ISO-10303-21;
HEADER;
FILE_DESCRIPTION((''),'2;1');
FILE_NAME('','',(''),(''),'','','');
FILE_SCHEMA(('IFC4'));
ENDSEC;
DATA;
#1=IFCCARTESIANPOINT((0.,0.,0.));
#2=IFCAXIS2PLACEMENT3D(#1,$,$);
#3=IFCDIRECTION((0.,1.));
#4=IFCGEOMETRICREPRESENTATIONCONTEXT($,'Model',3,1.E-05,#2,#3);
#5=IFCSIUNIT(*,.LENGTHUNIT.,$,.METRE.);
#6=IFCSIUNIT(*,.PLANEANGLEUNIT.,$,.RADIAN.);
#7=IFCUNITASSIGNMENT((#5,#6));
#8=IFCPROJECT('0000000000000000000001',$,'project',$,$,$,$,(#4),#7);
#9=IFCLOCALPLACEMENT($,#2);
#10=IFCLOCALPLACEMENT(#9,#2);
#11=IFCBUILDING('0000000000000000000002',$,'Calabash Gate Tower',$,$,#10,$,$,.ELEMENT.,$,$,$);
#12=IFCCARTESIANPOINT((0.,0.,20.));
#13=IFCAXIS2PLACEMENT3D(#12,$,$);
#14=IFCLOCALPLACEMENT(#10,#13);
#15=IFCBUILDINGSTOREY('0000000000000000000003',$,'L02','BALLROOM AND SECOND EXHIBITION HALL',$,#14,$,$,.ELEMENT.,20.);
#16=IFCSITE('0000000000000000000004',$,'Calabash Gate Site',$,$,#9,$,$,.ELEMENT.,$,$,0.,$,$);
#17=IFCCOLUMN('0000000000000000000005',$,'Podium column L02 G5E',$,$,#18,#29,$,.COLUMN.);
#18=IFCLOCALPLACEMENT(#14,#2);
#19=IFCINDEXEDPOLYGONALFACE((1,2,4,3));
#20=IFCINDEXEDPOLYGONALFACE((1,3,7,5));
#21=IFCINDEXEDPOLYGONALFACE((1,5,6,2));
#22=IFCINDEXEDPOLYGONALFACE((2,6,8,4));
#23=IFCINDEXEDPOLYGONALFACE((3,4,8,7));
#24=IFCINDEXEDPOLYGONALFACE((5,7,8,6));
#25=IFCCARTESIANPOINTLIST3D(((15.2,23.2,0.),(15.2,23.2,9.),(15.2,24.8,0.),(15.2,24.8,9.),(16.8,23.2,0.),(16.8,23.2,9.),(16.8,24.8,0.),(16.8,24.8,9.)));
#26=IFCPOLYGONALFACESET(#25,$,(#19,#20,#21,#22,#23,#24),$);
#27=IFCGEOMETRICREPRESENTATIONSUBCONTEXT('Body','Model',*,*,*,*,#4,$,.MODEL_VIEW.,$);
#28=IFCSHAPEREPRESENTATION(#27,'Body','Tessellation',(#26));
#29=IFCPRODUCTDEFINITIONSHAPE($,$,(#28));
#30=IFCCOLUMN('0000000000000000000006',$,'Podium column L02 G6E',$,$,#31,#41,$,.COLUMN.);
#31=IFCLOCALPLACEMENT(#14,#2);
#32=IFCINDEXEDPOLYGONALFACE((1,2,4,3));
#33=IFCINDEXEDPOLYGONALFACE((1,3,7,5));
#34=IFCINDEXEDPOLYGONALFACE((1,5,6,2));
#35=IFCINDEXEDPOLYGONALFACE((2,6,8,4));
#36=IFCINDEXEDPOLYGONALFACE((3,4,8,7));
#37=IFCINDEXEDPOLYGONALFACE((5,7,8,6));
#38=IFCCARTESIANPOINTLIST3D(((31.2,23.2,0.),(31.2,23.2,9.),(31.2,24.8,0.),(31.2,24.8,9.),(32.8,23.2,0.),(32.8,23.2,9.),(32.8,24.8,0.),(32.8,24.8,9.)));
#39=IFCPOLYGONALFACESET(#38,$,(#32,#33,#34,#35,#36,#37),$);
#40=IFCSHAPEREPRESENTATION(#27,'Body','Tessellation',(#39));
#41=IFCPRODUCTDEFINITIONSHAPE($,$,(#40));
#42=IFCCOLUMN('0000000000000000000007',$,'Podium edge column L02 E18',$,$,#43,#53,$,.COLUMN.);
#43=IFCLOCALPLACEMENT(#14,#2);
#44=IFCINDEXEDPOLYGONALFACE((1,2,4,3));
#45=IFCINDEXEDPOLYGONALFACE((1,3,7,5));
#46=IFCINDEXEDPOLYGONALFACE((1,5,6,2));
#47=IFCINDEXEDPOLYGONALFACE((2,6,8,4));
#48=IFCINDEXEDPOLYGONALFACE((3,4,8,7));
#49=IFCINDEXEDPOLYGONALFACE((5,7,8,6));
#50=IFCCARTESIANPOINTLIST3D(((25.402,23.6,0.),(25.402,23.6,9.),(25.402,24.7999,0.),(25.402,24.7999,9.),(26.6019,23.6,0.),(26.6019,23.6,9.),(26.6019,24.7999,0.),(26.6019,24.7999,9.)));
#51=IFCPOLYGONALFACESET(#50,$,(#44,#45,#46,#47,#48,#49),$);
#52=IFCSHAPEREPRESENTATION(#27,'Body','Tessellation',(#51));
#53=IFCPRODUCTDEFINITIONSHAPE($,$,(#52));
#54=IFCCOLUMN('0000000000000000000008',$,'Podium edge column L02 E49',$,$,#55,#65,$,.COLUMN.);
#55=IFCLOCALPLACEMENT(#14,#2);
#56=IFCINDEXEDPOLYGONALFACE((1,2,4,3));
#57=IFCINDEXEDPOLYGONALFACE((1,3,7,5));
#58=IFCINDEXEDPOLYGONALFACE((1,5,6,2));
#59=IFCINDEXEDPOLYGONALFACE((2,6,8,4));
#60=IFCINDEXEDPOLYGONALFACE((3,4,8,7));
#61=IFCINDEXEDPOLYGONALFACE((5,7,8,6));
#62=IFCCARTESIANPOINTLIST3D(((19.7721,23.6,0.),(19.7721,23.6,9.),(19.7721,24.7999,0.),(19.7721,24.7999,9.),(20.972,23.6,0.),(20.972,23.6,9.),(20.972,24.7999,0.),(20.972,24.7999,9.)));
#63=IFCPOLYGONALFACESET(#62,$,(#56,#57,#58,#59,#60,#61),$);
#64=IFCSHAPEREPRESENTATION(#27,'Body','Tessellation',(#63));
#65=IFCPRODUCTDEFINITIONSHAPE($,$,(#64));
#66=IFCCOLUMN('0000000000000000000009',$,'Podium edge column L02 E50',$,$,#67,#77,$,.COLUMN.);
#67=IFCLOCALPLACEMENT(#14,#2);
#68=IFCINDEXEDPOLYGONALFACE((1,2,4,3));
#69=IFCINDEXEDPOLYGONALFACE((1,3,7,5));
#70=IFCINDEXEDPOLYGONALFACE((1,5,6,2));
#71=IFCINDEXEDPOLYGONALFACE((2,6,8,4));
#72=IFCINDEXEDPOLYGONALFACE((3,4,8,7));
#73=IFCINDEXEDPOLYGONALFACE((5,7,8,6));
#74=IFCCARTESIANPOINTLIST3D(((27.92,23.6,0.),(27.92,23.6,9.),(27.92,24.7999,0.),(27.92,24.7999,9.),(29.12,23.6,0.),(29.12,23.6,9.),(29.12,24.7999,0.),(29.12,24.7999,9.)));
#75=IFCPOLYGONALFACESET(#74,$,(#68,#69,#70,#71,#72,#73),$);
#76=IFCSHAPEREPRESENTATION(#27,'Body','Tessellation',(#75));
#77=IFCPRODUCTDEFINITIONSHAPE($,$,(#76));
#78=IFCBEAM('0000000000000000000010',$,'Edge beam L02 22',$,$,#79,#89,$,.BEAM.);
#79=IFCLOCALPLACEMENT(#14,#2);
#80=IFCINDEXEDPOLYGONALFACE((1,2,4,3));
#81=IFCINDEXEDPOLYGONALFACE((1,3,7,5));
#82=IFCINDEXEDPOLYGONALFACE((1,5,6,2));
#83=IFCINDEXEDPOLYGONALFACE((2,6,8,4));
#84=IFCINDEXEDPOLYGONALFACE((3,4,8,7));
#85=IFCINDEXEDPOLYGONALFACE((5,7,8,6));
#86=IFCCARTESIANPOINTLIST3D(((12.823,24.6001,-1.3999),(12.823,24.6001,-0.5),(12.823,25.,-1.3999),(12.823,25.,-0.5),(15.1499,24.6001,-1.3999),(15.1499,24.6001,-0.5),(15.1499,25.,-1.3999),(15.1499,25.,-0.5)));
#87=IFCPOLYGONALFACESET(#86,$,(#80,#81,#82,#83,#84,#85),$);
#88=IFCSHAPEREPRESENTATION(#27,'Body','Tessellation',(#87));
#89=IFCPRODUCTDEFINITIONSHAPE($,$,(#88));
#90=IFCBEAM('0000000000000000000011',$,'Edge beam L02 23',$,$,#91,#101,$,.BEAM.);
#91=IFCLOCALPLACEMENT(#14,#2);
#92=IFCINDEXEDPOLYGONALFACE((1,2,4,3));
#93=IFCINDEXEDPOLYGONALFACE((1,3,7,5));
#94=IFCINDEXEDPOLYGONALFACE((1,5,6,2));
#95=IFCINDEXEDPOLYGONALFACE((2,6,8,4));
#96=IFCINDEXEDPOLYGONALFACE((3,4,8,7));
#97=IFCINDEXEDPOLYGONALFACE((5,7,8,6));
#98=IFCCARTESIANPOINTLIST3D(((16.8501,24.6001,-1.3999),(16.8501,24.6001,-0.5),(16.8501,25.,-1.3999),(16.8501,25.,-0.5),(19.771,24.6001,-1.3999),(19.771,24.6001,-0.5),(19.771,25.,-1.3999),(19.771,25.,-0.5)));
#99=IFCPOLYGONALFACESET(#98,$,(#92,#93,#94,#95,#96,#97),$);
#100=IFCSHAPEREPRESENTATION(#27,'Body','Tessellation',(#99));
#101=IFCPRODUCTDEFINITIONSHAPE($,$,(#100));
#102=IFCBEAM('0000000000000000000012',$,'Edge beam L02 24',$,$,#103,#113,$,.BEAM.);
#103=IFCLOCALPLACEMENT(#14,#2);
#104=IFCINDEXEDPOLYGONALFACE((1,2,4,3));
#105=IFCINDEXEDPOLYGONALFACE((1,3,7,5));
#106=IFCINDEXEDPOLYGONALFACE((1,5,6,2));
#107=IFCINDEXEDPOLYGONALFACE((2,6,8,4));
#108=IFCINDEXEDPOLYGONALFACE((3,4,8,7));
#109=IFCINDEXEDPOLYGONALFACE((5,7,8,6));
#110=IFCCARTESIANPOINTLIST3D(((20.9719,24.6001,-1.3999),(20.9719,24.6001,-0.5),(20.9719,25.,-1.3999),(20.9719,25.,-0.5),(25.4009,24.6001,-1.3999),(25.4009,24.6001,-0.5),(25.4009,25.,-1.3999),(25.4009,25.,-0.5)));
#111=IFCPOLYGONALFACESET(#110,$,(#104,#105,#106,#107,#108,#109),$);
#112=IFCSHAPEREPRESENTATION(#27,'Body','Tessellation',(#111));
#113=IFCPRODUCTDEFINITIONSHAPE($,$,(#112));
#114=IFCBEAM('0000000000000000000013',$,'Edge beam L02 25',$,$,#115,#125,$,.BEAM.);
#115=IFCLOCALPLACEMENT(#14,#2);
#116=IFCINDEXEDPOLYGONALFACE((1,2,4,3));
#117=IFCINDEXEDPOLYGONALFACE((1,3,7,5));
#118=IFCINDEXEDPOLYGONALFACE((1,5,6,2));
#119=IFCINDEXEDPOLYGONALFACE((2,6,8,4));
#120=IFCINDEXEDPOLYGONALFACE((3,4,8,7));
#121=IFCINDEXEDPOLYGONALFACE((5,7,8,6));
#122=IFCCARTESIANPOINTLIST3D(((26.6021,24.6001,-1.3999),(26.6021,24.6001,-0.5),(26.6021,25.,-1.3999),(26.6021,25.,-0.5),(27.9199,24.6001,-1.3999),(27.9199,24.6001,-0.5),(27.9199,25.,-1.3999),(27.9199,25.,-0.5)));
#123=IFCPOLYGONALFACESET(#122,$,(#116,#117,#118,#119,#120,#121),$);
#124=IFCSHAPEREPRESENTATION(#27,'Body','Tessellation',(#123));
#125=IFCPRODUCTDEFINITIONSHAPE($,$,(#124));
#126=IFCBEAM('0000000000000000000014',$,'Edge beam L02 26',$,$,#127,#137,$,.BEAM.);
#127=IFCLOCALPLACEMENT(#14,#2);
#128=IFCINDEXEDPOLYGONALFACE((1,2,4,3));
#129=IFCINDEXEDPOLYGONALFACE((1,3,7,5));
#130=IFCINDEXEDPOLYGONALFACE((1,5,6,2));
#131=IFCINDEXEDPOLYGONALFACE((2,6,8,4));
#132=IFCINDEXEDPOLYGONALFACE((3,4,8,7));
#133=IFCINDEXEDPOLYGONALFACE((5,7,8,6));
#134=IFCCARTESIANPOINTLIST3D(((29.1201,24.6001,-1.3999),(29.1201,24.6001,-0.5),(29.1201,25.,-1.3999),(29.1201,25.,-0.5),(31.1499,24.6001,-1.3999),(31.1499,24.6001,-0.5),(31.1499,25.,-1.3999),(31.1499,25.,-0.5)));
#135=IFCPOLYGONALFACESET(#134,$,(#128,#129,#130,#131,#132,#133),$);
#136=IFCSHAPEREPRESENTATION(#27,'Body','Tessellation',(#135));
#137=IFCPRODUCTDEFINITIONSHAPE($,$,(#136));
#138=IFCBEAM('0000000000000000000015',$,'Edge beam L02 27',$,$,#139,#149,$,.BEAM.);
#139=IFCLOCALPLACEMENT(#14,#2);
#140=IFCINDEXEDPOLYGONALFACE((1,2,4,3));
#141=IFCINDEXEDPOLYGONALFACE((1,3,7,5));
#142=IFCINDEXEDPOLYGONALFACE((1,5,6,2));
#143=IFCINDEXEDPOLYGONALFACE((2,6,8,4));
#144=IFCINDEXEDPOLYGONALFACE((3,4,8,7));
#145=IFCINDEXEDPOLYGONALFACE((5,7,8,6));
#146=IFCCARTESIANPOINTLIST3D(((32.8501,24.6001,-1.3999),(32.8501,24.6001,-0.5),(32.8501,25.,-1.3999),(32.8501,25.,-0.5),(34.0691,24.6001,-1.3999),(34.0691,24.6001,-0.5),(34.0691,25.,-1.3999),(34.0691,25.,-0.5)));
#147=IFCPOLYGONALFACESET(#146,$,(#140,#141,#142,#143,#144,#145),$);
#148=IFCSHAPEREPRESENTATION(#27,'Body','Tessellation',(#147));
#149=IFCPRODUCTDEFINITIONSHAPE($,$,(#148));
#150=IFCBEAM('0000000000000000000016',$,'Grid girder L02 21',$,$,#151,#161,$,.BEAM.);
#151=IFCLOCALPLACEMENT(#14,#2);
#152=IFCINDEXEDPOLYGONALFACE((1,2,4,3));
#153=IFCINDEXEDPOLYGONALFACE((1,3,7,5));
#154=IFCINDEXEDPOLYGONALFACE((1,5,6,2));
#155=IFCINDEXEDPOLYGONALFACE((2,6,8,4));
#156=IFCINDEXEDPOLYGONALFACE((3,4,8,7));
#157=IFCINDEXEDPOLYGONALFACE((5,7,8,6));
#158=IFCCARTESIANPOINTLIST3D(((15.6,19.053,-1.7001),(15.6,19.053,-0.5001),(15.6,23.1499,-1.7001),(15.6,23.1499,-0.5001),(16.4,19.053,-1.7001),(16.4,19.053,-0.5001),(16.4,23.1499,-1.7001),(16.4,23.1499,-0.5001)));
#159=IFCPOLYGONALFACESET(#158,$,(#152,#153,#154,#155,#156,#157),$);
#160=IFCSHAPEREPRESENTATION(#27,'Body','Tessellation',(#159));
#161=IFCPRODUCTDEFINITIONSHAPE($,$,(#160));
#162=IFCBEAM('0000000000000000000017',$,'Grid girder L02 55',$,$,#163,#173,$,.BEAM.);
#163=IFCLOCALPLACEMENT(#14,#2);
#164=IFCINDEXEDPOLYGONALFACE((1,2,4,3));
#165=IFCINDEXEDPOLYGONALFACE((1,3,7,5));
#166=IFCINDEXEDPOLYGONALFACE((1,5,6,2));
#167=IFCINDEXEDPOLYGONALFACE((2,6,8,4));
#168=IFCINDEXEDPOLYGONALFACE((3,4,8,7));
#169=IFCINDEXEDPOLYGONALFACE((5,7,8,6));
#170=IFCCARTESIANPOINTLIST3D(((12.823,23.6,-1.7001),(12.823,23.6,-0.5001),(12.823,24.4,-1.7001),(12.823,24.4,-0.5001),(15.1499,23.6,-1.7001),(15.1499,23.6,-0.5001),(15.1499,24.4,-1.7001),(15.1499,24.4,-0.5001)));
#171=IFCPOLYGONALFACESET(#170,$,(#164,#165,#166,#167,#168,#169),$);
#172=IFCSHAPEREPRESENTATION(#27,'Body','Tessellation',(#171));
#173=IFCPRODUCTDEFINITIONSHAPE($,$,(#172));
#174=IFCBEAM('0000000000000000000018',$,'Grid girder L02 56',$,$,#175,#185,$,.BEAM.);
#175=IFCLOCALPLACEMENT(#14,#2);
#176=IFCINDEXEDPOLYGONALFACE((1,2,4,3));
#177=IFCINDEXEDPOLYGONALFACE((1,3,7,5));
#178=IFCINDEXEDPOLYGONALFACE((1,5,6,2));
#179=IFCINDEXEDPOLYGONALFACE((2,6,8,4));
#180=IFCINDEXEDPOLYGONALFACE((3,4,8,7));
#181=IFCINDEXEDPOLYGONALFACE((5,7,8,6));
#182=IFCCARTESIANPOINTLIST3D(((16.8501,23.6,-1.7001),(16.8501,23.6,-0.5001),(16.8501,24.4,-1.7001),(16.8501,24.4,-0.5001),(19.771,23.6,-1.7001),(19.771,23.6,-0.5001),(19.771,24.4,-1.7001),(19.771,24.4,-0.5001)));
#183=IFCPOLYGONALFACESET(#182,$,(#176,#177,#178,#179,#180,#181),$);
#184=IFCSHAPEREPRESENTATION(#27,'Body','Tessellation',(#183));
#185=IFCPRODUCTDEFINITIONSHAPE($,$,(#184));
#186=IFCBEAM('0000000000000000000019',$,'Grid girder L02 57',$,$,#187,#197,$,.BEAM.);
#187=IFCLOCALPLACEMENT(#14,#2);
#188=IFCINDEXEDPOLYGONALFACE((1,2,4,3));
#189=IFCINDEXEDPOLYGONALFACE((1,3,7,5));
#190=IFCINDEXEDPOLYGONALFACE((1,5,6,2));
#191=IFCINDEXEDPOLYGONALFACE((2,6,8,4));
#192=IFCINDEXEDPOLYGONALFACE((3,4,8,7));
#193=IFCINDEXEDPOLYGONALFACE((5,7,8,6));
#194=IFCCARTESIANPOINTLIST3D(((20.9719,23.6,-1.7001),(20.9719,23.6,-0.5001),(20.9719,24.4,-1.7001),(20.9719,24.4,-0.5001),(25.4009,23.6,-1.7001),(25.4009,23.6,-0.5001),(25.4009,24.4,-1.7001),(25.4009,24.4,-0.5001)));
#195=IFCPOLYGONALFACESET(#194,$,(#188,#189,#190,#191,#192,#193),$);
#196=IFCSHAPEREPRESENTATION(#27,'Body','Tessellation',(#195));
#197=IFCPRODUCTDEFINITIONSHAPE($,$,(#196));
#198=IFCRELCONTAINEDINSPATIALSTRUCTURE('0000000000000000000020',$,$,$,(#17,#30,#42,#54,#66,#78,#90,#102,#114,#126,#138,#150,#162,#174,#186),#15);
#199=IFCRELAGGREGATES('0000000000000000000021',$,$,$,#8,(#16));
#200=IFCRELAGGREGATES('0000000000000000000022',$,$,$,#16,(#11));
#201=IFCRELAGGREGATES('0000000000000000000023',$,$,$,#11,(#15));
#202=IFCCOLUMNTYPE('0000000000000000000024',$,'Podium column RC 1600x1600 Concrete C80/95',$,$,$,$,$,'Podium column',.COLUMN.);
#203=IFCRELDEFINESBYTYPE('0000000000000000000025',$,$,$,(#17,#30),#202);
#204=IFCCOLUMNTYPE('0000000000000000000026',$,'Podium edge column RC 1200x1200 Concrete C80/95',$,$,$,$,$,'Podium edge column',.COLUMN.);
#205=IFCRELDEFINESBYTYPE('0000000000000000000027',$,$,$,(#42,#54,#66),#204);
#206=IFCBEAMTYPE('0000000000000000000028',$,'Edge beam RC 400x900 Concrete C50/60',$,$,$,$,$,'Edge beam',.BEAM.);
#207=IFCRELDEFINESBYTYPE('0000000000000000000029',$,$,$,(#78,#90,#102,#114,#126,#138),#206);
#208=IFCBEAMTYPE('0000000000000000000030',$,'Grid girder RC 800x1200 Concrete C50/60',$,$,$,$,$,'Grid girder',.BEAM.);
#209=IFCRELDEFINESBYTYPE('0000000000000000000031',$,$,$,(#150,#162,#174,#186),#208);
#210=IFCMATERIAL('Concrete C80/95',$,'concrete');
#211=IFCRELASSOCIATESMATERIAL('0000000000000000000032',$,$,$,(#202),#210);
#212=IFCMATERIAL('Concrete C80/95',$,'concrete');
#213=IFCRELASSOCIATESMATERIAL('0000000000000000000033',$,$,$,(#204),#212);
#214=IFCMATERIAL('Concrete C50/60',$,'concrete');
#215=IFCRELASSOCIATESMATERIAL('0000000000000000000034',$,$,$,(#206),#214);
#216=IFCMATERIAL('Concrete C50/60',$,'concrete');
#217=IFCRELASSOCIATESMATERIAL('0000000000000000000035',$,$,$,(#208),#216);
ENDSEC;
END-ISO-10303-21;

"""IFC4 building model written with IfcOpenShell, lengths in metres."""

from ifc_helpers import new_model, si_unit, direction, frame, origin, origin_2d, place, context, subcontext, project, spatial, rectangle, extrude, material, material_profile, profile_set, type_object, element, save


model = new_model("IFC4")

# Units and contexts
model_context = context("Model", 3, precision=1e-05, world=origin(), true_north=direction((0.0, 1.0)))
body_context = subcontext(model_context, "Body", "Model", "MODEL_VIEW")
ifc_project = project(units=[si_unit("LENGTHUNIT", "METRE"), si_unit("PLANEANGLEUNIT", "RADIAN")], contexts=[model_context])

# Site, building, storey
site_placement = place(None, origin())
site = spatial("IfcSite", under=ifc_project, at=site_placement, Name="Calabash Gate Site", CompositionType="ELEMENT", RefElevation=0.0)
building_placement = place(site_placement, origin())
building = spatial("IfcBuilding", under=site, at=building_placement, Name="Calabash Gate Tower", CompositionType="ELEMENT")
storey_placement = place(building_placement, frame((0.0, 0.0, 20.0)))
storey = spatial("IfcBuildingStorey", under=building, at=storey_placement, Name="L02", Description="BALLROOM AND SECOND EXHIBITION HALL", CompositionType="ELEMENT", Elevation=20.0)

# Columns
ifc_material_1 = material(Name="Concrete C80/95", Category="concrete")
ifc_material_profile_1 = material_profile(ifc_material_1, rectangle(XDim=1.6001, YDim=1.6001, at=origin_2d()))
ifc_profile_set_1 = profile_set([ifc_material_profile_1], Name="Concrete C80/95")
column_type_1 = type_object("IfcColumnType", Name="Podium column RC 1600x1600 Concrete C80/95", ElementType="Podium column", PredefinedType="COLUMN", material=ifc_profile_set_1)
for number, where, z_axis, x_axis, name in (
    (1, (16.0, 24.0, 0.0), (0.0, 0.0, 1.0), (1.0, 0.0, 0.0), "Podium column L02 G5E"),
    (2, (32.0, 24.0, 0.0), (0.0, 0.0, 1.0), (1.0, 0.0, 0.0), "Podium column L02 G6E"),
):
    element("IfcColumn", number, at=place(storey_placement, frame(where, z_axis=z_axis, x_axis=x_axis)), inside=storey, type_object=column_type_1, Name=name, PredefinedType="COLUMN", context=body_context, shape_type="SweptSolid", body=[
        extrude(rectangle(XDim=1.6001, YDim=1.6001, at=origin_2d()), origin(), (0.0, 0.0, 1.0), 9.0),
    ])
ifc_material_2 = material(Name="Concrete C80/95", Category="concrete")
ifc_material_profile_2 = material_profile(ifc_material_2, rectangle(XDim=1.2, YDim=1.2, at=origin_2d()))
ifc_profile_set_2 = profile_set([ifc_material_profile_2], Name="Concrete C80/95")
column_type_2 = type_object("IfcColumnType", Name="Podium edge column RC 1200x1200 Concrete C80/95", ElementType="Podium edge column", PredefinedType="COLUMN", material=ifc_profile_set_2)
for number, where, z_axis, x_axis, name in (
    (3, (26.002, 24.2, 0.0), (0.0, 0.0, 1.0), (1.0, 0.0, 0.0), "Podium edge column L02 E18"),
    (4, (20.3721, 24.2, 0.0), (0.0, 0.0, 1.0), (1.0, 0.0, 0.0), "Podium edge column L02 E49"),
    (5, (28.52, 24.2, 0.0), (0.0, 0.0, 1.0), (1.0, 0.0, 0.0), "Podium edge column L02 E50"),
):
    element("IfcColumn", number, at=place(storey_placement, frame(where, z_axis=z_axis, x_axis=x_axis)), inside=storey, type_object=column_type_2, Name=name, PredefinedType="COLUMN", context=body_context, shape_type="SweptSolid", body=[
        extrude(rectangle(XDim=1.2, YDim=1.2, at=origin_2d()), origin(), (0.0, 0.0, 1.0), 9.0),
    ])

# Beams
ifc_material_3 = material(Name="Concrete C50/60", Category="concrete")
ifc_material_profile_3 = material_profile(ifc_material_3, rectangle(XDim=0.3999, YDim=0.8999, at=origin_2d()))
ifc_profile_set_3 = profile_set([ifc_material_profile_3], Name="Concrete C50/60")
beam_type_1 = type_object("IfcBeamType", Name="Edge beam RC 400x900 Concrete C50/60", ElementType="Edge beam", PredefinedType="BEAM", material=ifc_profile_set_3)
beam_1_placement = place(storey_placement, frame((12.823, 24.8, -0.95), z_axis=(1.0, 0.0, 0.0), x_axis=(0.0, 1.0, 0.0)))
element("IfcBeam", 6, at=beam_1_placement, inside=storey, type_object=beam_type_1, Name="Edge beam L02 22", PredefinedType="BEAM", context=body_context, shape_type="SweptSolid", body=[
    extrude(rectangle(XDim=0.3999, YDim=0.8999, at=origin_2d()), origin(), (0.0, 0.0, 1.0), 2.3269),
])
beam_2_placement = place(storey_placement, frame((16.8501, 24.8, -0.95), z_axis=(1.0, 0.0, 0.0), x_axis=(0.0, 1.0, 0.0)))
element("IfcBeam", 7, at=beam_2_placement, inside=storey, type_object=beam_type_1, Name="Edge beam L02 23", PredefinedType="BEAM", context=body_context, shape_type="SweptSolid", body=[
    extrude(rectangle(XDim=0.3999, YDim=0.8999, at=origin_2d()), origin(), (0.0, 0.0, 1.0), 2.9209),
])
beam_3_placement = place(storey_placement, frame((20.9719, 24.8, -0.95), z_axis=(1.0, 0.0, 0.0), x_axis=(0.0, 1.0, 0.0)))
element("IfcBeam", 8, at=beam_3_placement, inside=storey, type_object=beam_type_1, Name="Edge beam L02 24", PredefinedType="BEAM", context=body_context, shape_type="SweptSolid", body=[
    extrude(rectangle(XDim=0.3999, YDim=0.8999, at=origin_2d()), origin(), (0.0, 0.0, 1.0), 4.429),
])
beam_4_placement = place(storey_placement, frame((26.6021, 24.8, -0.95), z_axis=(1.0, 0.0, 0.0), x_axis=(0.0, 1.0, 0.0)))
element("IfcBeam", 9, at=beam_4_placement, inside=storey, type_object=beam_type_1, Name="Edge beam L02 25", PredefinedType="BEAM", context=body_context, shape_type="SweptSolid", body=[
    extrude(rectangle(XDim=0.3999, YDim=0.8999, at=origin_2d()), origin(), (0.0, 0.0, 1.0), 1.3179),
])
beam_5_placement = place(storey_placement, frame((29.1201, 24.8, -0.95), z_axis=(1.0, 0.0, 0.0), x_axis=(0.0, 1.0, 0.0)))
element("IfcBeam", 10, at=beam_5_placement, inside=storey, type_object=beam_type_1, Name="Edge beam L02 26", PredefinedType="BEAM", context=body_context, shape_type="SweptSolid", body=[
    extrude(rectangle(XDim=0.3999, YDim=0.8999, at=origin_2d()), origin(), (0.0, 0.0, 1.0), 2.0298),
])
beam_6_placement = place(storey_placement, frame((32.8501, 24.8, -0.95), z_axis=(1.0, 0.0, 0.0), x_axis=(0.0, 1.0, 0.0)))
element("IfcBeam", 11, at=beam_6_placement, inside=storey, type_object=beam_type_1, Name="Edge beam L02 27", PredefinedType="BEAM", context=body_context, shape_type="SweptSolid", body=[
    extrude(rectangle(XDim=0.3999, YDim=0.8999, at=origin_2d()), origin(), (0.0, 0.0, 1.0), 1.219),
])
ifc_material_4 = material(Name="Concrete C50/60", Category="concrete")
ifc_material_profile_4 = material_profile(ifc_material_4, rectangle(XDim=0.8, YDim=1.2, at=origin_2d()))
ifc_profile_set_4 = profile_set([ifc_material_profile_4], Name="Concrete C50/60")
beam_type_2 = type_object("IfcBeamType", Name="Grid girder RC 800x1200 Concrete C50/60", ElementType="Grid girder", PredefinedType="BEAM", material=ifc_profile_set_4)
beam_7_placement = place(storey_placement, frame((16.0, 19.053, -1.1001), z_axis=(0.0, 1.0, 0.0), x_axis=(-1.0, 0.0, 0.0)))
element("IfcBeam", 12, at=beam_7_placement, inside=storey, type_object=beam_type_2, Name="Grid girder L02 21", PredefinedType="BEAM", context=body_context, shape_type="SweptSolid", body=[
    extrude(rectangle(XDim=0.8, YDim=1.2, at=origin_2d()), origin(), (0.0, 0.0, 1.0), 4.0969),
])
beam_8_placement = place(storey_placement, frame((12.823, 24.0, -1.1001), z_axis=(1.0, 0.0, 0.0), x_axis=(0.0, 1.0, 0.0)))
element("IfcBeam", 13, at=beam_8_placement, inside=storey, type_object=beam_type_2, Name="Grid girder L02 55", PredefinedType="BEAM", context=body_context, shape_type="SweptSolid", body=[
    extrude(rectangle(XDim=0.8, YDim=1.2, at=origin_2d()), origin(), (0.0, 0.0, 1.0), 2.3269),
])
beam_9_placement = place(storey_placement, frame((16.8501, 24.0, -1.1001), z_axis=(1.0, 0.0, 0.0), x_axis=(0.0, 1.0, 0.0)))
element("IfcBeam", 14, at=beam_9_placement, inside=storey, type_object=beam_type_2, Name="Grid girder L02 56", PredefinedType="BEAM", context=body_context, shape_type="SweptSolid", body=[
    extrude(rectangle(XDim=0.8, YDim=1.2, at=origin_2d()), origin(), (0.0, 0.0, 1.0), 2.9209),
])
beam_10_placement = place(storey_placement, frame((20.9719, 24.0, -1.1001), z_axis=(1.0, 0.0, 0.0), x_axis=(0.0, 1.0, 0.0)))
element("IfcBeam", 15, at=beam_10_placement, inside=storey, type_object=beam_type_2, Name="Grid girder L02 57", PredefinedType="BEAM", context=body_context, shape_type="SweptSolid", body=[
    extrude(rectangle(XDim=0.8, YDim=1.2, at=origin_2d()), origin(), (0.0, 0.0, 1.0), 4.429),
])

save(model, "model.ifc")
